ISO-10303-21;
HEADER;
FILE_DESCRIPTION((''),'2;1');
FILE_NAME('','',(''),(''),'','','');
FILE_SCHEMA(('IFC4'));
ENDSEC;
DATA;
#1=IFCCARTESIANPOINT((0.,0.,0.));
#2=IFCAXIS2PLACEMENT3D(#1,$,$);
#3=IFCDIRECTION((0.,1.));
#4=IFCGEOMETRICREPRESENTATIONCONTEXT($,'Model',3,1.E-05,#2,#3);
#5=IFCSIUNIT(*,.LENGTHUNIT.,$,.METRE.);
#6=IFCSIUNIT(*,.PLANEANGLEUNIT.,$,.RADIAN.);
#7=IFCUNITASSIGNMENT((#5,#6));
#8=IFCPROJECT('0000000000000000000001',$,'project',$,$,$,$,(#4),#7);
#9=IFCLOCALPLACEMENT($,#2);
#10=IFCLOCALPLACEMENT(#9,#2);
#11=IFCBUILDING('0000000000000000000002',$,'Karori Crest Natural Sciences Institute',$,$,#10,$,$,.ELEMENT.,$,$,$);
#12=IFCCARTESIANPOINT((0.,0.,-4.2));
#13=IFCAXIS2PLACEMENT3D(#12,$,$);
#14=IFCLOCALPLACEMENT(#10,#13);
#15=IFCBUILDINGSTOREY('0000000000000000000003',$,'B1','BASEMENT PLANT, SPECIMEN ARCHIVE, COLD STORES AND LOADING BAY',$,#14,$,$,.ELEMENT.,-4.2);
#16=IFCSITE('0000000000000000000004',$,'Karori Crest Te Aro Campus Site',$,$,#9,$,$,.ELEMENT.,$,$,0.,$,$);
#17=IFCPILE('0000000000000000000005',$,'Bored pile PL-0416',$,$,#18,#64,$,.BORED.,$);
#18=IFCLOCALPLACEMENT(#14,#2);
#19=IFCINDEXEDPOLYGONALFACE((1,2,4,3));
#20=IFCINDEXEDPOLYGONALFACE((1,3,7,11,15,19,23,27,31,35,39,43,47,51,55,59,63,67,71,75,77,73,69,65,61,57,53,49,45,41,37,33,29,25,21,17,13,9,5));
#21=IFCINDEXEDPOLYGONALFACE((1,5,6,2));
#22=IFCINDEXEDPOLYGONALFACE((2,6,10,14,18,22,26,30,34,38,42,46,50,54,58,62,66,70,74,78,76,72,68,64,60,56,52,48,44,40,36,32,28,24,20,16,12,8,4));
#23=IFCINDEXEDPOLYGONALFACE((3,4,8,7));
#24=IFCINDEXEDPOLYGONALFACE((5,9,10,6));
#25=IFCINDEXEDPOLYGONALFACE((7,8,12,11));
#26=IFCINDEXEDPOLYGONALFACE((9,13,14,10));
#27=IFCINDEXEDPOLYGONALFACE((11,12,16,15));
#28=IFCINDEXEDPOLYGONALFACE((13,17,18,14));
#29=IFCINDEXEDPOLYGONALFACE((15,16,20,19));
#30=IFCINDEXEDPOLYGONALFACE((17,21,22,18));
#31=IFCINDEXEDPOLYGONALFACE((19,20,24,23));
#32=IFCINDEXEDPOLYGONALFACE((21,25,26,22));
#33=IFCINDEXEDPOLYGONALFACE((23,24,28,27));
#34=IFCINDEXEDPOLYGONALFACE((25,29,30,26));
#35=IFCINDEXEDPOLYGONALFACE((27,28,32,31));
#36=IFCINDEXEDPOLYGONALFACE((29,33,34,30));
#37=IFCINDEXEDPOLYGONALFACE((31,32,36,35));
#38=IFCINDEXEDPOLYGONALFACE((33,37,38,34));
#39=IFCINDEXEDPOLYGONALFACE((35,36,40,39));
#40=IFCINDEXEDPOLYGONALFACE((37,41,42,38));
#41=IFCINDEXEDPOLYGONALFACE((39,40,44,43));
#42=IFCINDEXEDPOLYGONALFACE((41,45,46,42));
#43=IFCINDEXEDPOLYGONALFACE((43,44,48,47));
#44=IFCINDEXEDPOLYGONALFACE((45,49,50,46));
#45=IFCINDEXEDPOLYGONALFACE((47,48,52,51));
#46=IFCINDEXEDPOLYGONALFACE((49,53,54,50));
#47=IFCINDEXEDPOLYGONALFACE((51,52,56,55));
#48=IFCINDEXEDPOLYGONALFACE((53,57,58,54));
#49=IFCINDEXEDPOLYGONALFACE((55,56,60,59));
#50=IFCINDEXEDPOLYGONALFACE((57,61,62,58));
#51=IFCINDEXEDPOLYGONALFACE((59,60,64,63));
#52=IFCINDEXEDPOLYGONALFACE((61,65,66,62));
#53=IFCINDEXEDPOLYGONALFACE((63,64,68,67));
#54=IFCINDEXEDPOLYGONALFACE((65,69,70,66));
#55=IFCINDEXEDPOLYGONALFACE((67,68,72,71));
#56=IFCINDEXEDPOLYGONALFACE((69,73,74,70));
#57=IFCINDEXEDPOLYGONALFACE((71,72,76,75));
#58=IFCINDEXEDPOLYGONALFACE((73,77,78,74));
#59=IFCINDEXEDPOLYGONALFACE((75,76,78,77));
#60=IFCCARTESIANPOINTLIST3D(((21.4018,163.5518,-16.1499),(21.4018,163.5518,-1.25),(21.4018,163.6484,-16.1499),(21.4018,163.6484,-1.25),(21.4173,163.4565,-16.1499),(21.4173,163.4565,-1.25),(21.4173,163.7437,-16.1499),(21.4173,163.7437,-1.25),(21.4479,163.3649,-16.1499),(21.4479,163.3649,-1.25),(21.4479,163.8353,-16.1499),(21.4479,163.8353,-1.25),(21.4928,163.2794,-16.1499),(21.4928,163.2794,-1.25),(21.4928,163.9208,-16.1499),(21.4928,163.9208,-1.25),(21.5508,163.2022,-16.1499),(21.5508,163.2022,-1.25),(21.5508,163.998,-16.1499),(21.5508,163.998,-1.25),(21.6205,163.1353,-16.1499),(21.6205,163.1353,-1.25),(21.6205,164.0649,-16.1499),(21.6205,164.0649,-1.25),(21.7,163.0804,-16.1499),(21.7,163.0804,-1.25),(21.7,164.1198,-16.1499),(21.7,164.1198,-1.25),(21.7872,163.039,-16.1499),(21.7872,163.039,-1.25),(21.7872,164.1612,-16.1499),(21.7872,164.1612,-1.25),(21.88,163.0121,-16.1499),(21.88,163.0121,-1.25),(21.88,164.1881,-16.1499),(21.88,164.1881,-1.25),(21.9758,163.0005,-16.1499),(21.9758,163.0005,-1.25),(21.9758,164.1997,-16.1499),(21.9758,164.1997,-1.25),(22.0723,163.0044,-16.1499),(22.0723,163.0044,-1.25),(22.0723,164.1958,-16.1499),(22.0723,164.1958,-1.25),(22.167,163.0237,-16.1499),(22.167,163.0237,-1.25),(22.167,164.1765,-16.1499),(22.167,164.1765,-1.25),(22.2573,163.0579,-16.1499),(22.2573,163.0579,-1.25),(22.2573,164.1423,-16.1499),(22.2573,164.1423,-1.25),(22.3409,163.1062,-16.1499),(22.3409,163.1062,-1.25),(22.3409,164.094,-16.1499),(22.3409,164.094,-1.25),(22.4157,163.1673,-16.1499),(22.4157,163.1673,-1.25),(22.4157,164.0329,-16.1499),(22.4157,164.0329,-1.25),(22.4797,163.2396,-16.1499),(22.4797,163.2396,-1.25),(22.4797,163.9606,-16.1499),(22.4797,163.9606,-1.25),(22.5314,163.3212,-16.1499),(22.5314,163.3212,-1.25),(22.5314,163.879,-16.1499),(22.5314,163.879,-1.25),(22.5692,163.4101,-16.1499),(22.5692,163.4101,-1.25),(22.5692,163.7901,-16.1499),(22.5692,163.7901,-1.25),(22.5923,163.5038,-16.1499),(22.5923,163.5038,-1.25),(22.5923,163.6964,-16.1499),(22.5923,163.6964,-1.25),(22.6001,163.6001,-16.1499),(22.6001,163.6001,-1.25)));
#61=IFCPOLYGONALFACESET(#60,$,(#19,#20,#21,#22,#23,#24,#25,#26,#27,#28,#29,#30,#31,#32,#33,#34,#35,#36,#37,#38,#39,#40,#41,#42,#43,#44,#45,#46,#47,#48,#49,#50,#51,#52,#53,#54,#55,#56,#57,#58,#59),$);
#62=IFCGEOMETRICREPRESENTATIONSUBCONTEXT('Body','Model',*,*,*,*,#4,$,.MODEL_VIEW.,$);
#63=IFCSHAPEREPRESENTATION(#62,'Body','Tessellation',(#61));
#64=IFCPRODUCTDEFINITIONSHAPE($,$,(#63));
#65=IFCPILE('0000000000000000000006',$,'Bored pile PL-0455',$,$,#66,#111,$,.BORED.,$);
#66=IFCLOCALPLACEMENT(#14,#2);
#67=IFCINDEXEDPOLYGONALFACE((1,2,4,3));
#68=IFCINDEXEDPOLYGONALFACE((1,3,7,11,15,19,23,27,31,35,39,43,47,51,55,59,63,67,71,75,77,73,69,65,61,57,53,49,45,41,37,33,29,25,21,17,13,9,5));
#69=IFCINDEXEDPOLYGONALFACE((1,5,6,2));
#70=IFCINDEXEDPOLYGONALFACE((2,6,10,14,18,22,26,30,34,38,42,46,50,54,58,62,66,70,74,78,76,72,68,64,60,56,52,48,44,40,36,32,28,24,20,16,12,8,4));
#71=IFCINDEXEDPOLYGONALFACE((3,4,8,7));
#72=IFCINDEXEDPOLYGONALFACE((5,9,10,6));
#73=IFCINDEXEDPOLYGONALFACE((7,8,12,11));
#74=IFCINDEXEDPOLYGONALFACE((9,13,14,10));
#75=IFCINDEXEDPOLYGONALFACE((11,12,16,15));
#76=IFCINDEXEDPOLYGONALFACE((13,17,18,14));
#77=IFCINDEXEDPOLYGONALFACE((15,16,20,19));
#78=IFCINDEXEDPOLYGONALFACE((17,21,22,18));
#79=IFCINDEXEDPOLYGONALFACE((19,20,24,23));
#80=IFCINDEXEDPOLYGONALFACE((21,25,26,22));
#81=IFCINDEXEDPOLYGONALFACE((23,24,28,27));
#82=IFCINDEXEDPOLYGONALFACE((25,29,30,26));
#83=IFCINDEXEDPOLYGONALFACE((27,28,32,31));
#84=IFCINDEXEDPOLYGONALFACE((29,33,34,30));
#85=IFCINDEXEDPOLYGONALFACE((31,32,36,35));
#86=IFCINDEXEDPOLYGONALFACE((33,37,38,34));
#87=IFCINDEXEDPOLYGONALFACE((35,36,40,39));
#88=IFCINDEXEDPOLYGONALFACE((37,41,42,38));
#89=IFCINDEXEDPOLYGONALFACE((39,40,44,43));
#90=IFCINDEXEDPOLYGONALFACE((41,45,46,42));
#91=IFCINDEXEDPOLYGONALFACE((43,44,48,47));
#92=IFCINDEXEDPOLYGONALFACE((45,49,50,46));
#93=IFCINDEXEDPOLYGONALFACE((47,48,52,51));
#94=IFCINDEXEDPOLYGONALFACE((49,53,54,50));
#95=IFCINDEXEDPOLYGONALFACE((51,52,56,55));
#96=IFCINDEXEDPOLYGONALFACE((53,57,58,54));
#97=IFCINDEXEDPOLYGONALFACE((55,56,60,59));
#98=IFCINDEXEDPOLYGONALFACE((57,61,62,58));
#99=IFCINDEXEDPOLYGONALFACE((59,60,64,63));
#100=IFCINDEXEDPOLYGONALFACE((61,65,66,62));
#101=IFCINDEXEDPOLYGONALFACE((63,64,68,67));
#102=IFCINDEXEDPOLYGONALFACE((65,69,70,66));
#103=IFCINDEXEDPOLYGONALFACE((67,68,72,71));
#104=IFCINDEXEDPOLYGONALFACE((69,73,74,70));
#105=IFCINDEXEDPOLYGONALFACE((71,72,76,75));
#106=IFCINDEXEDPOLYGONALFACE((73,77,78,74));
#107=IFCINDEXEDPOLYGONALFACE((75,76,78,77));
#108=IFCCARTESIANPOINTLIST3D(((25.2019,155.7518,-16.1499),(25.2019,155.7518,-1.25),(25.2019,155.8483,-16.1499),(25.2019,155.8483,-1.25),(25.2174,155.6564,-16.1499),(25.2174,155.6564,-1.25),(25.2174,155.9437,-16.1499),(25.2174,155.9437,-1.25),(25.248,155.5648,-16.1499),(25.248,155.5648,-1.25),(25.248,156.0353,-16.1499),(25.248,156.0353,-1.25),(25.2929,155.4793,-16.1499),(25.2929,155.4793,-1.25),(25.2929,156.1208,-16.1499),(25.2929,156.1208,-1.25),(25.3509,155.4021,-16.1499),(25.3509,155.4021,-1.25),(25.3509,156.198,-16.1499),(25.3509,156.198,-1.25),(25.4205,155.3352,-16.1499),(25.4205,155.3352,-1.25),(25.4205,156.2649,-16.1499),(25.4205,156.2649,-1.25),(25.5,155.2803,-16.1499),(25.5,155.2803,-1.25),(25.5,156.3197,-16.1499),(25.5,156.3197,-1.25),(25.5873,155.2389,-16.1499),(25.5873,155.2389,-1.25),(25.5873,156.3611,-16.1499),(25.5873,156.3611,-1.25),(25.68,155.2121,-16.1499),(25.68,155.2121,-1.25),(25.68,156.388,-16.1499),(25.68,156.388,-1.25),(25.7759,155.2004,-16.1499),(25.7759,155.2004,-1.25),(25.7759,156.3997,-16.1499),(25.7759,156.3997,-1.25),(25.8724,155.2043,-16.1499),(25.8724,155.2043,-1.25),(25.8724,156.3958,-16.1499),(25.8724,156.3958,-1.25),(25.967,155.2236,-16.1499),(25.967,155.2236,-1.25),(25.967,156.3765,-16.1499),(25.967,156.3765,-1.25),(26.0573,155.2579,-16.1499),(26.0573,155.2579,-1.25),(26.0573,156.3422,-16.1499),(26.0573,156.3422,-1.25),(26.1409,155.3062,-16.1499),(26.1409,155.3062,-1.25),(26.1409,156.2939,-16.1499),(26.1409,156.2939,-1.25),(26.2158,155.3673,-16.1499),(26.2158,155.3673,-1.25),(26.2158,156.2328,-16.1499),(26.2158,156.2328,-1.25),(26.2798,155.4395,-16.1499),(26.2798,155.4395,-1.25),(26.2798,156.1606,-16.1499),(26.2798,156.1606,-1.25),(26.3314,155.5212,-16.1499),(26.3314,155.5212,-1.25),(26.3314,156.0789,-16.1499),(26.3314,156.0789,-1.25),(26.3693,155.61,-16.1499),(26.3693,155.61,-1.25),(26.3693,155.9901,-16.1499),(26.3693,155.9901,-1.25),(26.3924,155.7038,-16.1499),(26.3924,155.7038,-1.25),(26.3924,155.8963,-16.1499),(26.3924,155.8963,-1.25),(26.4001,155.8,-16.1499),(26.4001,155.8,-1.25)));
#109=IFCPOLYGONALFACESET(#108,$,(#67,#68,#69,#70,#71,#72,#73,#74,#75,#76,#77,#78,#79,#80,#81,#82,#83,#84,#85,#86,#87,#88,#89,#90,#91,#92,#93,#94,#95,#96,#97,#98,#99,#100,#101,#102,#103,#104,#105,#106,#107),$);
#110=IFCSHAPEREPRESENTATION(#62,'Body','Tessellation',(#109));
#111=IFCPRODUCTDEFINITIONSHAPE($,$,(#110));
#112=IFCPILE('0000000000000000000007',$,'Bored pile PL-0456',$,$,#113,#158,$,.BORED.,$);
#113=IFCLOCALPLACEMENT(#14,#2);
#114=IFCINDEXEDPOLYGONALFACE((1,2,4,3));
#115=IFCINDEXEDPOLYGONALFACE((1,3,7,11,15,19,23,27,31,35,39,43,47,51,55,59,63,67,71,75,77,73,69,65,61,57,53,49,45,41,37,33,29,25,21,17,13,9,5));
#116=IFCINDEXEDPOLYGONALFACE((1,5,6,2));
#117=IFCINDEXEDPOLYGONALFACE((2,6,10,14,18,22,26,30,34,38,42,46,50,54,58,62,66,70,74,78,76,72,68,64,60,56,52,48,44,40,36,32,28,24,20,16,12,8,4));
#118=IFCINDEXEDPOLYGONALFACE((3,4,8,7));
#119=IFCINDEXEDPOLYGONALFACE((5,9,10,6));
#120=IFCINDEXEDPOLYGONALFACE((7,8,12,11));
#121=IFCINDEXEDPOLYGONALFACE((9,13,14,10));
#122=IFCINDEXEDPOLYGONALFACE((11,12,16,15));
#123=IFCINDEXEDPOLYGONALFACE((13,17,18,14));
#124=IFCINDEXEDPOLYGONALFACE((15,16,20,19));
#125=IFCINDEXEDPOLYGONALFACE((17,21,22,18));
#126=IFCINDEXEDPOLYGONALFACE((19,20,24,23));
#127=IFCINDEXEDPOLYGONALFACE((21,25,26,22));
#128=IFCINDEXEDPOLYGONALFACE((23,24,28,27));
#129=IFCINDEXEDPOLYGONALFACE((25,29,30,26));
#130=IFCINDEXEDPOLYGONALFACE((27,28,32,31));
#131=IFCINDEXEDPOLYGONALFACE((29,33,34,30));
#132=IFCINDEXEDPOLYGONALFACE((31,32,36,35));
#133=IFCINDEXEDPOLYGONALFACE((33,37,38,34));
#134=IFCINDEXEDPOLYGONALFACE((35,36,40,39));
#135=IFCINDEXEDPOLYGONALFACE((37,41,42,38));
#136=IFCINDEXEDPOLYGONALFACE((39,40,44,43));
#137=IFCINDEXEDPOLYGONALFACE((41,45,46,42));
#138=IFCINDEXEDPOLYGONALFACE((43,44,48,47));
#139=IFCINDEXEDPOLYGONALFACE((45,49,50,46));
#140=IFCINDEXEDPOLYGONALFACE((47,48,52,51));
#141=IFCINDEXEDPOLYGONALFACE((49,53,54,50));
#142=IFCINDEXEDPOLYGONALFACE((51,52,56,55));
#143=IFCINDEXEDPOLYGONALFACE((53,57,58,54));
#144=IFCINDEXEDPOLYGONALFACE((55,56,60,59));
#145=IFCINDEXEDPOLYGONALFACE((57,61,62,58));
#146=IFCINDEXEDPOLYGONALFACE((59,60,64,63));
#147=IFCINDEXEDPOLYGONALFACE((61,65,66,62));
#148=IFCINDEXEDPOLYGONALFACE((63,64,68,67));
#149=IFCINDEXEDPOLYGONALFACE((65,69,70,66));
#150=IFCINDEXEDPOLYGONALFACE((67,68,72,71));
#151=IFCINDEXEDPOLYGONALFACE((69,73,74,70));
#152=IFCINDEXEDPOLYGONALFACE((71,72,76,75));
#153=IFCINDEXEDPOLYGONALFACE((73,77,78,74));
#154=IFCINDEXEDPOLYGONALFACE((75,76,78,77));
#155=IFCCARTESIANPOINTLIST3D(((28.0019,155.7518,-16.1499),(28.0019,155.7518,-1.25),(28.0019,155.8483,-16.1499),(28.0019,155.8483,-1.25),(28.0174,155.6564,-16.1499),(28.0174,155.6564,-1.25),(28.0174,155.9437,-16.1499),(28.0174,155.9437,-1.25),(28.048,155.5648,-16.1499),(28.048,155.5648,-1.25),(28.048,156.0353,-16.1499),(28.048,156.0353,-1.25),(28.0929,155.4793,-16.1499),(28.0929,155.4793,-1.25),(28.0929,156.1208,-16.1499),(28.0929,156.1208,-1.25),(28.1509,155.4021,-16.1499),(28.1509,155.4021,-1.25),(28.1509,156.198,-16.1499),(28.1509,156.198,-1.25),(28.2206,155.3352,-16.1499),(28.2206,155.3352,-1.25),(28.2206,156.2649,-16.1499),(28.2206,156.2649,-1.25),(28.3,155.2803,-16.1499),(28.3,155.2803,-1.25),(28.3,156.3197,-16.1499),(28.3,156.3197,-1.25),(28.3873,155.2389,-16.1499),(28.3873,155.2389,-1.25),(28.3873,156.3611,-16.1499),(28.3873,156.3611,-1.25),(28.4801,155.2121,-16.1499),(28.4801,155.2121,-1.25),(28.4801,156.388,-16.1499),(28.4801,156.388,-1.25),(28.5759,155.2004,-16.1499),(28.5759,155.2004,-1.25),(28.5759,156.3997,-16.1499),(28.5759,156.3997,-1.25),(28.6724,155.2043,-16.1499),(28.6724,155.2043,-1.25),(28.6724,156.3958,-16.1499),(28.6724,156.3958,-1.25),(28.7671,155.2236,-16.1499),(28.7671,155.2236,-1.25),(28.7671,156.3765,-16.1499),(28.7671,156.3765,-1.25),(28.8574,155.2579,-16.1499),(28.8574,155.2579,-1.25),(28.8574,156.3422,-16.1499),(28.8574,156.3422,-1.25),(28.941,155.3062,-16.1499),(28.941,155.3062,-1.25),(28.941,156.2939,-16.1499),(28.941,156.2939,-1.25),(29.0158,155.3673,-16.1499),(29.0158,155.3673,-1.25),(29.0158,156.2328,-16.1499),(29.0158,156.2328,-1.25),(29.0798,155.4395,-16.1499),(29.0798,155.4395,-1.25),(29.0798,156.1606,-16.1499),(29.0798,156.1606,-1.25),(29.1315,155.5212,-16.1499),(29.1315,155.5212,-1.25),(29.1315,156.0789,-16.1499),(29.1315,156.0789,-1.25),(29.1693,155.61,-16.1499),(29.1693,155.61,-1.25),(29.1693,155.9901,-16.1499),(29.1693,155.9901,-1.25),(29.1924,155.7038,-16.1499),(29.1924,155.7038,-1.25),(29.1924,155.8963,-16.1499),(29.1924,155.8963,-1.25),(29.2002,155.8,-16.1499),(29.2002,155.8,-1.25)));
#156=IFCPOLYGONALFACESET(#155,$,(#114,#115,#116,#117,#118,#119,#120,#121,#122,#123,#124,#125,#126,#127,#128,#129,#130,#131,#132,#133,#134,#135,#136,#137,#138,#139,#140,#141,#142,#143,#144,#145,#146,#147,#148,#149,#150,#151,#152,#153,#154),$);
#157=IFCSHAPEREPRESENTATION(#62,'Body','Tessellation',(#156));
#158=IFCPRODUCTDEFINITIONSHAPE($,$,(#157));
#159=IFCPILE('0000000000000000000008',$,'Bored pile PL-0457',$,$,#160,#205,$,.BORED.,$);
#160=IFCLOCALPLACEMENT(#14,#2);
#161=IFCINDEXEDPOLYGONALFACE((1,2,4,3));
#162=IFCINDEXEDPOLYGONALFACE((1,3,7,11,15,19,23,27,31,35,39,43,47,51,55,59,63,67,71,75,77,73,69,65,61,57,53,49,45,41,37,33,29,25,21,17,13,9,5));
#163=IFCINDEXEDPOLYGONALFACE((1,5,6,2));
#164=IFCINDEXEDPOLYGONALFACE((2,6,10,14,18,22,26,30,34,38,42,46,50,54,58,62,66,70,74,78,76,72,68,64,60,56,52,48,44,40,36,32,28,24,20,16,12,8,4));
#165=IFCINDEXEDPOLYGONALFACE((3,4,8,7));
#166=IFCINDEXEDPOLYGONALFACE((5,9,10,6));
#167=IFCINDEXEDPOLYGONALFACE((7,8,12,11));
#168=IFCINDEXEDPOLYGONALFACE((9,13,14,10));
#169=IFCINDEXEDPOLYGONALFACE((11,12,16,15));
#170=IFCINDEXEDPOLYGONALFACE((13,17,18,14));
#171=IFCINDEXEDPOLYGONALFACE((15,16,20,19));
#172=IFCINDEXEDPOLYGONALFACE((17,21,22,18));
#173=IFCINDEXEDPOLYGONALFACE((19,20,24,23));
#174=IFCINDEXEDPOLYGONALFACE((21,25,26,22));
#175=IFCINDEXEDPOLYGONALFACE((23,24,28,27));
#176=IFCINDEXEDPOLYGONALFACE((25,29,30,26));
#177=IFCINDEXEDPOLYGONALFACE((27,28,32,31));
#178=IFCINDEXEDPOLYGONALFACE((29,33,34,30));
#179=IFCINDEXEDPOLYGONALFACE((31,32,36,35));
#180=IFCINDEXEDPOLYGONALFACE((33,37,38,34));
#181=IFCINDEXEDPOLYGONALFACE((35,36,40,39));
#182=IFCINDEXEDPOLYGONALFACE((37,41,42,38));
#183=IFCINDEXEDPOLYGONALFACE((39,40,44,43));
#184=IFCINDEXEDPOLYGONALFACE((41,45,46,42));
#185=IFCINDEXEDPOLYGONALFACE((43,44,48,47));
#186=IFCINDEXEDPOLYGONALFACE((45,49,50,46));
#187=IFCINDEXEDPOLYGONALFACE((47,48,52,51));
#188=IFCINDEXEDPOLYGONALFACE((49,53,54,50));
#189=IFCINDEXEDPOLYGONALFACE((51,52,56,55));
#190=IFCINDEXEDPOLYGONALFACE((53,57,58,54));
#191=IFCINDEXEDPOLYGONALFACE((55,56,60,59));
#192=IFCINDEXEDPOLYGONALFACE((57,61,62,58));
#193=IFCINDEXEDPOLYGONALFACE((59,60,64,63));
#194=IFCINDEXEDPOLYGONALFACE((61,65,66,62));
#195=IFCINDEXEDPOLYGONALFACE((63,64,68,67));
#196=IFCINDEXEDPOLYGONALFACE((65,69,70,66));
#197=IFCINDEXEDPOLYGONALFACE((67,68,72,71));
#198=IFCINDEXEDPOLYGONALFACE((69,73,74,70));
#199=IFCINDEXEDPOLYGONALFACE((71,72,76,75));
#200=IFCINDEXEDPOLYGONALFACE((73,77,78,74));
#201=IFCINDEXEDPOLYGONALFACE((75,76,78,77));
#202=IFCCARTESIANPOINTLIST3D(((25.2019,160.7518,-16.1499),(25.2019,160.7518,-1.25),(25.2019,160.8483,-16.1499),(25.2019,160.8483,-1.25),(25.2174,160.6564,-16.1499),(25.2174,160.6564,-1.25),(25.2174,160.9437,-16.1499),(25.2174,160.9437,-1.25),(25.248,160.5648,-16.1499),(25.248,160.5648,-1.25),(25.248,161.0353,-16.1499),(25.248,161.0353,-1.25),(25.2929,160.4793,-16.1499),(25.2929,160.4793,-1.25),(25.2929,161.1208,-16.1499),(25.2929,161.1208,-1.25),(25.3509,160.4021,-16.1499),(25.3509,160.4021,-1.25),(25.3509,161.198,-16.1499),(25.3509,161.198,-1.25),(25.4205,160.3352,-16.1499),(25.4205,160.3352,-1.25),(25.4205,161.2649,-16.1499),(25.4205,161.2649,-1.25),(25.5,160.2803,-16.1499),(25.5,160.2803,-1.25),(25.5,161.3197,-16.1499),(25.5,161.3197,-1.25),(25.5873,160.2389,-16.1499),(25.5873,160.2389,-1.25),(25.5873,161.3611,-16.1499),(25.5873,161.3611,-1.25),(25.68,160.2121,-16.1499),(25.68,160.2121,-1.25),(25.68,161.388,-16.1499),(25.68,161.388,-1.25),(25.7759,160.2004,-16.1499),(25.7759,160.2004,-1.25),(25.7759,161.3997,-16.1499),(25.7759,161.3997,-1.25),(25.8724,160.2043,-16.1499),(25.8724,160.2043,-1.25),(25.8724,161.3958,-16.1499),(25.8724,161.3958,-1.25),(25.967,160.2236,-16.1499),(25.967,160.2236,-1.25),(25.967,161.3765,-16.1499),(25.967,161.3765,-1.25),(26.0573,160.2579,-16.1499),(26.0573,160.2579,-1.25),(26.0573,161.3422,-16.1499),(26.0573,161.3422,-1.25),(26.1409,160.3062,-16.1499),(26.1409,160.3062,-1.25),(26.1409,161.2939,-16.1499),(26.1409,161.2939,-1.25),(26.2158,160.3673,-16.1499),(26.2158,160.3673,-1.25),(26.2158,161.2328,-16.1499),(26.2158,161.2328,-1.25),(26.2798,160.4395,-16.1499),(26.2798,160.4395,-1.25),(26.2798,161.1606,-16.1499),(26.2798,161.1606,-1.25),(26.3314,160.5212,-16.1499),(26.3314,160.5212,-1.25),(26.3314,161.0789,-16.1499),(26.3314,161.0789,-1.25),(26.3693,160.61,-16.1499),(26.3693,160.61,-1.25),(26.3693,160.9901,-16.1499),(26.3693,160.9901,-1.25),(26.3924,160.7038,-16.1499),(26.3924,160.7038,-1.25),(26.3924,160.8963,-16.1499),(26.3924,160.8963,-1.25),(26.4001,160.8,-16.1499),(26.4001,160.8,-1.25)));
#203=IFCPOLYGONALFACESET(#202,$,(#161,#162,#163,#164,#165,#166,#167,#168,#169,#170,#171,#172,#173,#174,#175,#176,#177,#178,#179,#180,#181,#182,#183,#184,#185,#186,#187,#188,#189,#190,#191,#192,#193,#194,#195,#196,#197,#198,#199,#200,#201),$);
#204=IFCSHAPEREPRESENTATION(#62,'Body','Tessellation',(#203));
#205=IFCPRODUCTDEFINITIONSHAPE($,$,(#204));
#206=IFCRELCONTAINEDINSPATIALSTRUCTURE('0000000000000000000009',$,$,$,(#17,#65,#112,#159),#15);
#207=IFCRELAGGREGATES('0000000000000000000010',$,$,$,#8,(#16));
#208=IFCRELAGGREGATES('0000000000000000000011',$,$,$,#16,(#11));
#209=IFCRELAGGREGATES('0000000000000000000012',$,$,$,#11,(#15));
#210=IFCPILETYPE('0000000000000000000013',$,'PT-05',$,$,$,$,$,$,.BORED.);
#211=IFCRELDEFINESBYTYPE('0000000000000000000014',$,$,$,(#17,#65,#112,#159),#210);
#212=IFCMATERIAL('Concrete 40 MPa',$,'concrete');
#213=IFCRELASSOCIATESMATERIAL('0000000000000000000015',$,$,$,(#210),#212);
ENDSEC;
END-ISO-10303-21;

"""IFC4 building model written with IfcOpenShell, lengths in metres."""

from ifc_helpers import new_model, si_unit, direction, frame, origin, origin_2d, place, context, subcontext, project, spatial, circle, extrude, material, material_profile, profile_set, type_object, element, save


model = new_model("IFC4")

# Units and contexts
model_context = context("Model", 3, precision=1e-05, world=origin(), true_north=direction((0.0, 1.0)))
body_context = subcontext(model_context, "Body", "Model", "MODEL_VIEW")
ifc_project = project(units=[si_unit("LENGTHUNIT", "METRE"), si_unit("PLANEANGLEUNIT", "RADIAN")], contexts=[model_context])

# Site, building, storey
site_placement = place(None, origin())
site = spatial("IfcSite", under=ifc_project, at=site_placement, Name="Karori Crest Te Aro Campus Site", CompositionType="ELEMENT", RefElevation=0.0)
building_placement = place(site_placement, origin())
building = spatial("IfcBuilding", under=site, at=building_placement, Name="Karori Crest Natural Sciences Institute", CompositionType="ELEMENT")
storey_placement = place(building_placement, frame((0.0, 0.0, -4.2)))
storey = spatial("IfcBuildingStorey", under=building, at=storey_placement, Name="B1", Description="BASEMENT PLANT, SPECIMEN ARCHIVE, COLD STORES AND LOADING BAY", CompositionType="ELEMENT", Elevation=-4.2)

# Shared definitions
ifc_material_1 = material(Name="Concrete 40 MPa", Category="concrete")

# Piles
ifc_material_profile_1 = material_profile(ifc_material_1, circle(Radius=0.6001, at=origin_2d()), Name="PILE1200")
ifc_profile_set_1 = profile_set([ifc_material_profile_1], Name="Concrete 40 MPa")
pile_type = type_object("IfcPileType", Name="PT-05", PredefinedType="BORED", material=ifc_profile_set_1)
for number, where, z_axis, x_axis, name in (
    (1, (22.0, 163.6001, -1.25), (0.0, 0.0, -1.0), (1.0, 0.0, 0.0), "Bored pile PL-0416"),
    (2, (25.8, 155.8, -1.25), (0.0, 0.0, -1.0), (1.0, 0.0, 0.0), "Bored pile PL-0455"),
    (3, (28.6001, 155.8, -1.25), (0.0, 0.0, -1.0), (1.0, 0.0, 0.0), "Bored pile PL-0456"),
    (4, (25.8, 160.8, -1.25), (0.0, 0.0, -1.0), (1.0, 0.0, 0.0), "Bored pile PL-0457"),
):
    element("IfcPile", number, at=place(storey_placement, frame(where, z_axis=z_axis, x_axis=x_axis)), inside=storey, type_object=pile_type, Name=name, PredefinedType="BORED", context=body_context, shape_type="SweptSolid", body=[
        extrude(circle(Radius=0.6001, at=origin_2d()), origin(), (0.0, 0.0, 1.0), 14.8999),
    ])

save(model, "model.ifc")
